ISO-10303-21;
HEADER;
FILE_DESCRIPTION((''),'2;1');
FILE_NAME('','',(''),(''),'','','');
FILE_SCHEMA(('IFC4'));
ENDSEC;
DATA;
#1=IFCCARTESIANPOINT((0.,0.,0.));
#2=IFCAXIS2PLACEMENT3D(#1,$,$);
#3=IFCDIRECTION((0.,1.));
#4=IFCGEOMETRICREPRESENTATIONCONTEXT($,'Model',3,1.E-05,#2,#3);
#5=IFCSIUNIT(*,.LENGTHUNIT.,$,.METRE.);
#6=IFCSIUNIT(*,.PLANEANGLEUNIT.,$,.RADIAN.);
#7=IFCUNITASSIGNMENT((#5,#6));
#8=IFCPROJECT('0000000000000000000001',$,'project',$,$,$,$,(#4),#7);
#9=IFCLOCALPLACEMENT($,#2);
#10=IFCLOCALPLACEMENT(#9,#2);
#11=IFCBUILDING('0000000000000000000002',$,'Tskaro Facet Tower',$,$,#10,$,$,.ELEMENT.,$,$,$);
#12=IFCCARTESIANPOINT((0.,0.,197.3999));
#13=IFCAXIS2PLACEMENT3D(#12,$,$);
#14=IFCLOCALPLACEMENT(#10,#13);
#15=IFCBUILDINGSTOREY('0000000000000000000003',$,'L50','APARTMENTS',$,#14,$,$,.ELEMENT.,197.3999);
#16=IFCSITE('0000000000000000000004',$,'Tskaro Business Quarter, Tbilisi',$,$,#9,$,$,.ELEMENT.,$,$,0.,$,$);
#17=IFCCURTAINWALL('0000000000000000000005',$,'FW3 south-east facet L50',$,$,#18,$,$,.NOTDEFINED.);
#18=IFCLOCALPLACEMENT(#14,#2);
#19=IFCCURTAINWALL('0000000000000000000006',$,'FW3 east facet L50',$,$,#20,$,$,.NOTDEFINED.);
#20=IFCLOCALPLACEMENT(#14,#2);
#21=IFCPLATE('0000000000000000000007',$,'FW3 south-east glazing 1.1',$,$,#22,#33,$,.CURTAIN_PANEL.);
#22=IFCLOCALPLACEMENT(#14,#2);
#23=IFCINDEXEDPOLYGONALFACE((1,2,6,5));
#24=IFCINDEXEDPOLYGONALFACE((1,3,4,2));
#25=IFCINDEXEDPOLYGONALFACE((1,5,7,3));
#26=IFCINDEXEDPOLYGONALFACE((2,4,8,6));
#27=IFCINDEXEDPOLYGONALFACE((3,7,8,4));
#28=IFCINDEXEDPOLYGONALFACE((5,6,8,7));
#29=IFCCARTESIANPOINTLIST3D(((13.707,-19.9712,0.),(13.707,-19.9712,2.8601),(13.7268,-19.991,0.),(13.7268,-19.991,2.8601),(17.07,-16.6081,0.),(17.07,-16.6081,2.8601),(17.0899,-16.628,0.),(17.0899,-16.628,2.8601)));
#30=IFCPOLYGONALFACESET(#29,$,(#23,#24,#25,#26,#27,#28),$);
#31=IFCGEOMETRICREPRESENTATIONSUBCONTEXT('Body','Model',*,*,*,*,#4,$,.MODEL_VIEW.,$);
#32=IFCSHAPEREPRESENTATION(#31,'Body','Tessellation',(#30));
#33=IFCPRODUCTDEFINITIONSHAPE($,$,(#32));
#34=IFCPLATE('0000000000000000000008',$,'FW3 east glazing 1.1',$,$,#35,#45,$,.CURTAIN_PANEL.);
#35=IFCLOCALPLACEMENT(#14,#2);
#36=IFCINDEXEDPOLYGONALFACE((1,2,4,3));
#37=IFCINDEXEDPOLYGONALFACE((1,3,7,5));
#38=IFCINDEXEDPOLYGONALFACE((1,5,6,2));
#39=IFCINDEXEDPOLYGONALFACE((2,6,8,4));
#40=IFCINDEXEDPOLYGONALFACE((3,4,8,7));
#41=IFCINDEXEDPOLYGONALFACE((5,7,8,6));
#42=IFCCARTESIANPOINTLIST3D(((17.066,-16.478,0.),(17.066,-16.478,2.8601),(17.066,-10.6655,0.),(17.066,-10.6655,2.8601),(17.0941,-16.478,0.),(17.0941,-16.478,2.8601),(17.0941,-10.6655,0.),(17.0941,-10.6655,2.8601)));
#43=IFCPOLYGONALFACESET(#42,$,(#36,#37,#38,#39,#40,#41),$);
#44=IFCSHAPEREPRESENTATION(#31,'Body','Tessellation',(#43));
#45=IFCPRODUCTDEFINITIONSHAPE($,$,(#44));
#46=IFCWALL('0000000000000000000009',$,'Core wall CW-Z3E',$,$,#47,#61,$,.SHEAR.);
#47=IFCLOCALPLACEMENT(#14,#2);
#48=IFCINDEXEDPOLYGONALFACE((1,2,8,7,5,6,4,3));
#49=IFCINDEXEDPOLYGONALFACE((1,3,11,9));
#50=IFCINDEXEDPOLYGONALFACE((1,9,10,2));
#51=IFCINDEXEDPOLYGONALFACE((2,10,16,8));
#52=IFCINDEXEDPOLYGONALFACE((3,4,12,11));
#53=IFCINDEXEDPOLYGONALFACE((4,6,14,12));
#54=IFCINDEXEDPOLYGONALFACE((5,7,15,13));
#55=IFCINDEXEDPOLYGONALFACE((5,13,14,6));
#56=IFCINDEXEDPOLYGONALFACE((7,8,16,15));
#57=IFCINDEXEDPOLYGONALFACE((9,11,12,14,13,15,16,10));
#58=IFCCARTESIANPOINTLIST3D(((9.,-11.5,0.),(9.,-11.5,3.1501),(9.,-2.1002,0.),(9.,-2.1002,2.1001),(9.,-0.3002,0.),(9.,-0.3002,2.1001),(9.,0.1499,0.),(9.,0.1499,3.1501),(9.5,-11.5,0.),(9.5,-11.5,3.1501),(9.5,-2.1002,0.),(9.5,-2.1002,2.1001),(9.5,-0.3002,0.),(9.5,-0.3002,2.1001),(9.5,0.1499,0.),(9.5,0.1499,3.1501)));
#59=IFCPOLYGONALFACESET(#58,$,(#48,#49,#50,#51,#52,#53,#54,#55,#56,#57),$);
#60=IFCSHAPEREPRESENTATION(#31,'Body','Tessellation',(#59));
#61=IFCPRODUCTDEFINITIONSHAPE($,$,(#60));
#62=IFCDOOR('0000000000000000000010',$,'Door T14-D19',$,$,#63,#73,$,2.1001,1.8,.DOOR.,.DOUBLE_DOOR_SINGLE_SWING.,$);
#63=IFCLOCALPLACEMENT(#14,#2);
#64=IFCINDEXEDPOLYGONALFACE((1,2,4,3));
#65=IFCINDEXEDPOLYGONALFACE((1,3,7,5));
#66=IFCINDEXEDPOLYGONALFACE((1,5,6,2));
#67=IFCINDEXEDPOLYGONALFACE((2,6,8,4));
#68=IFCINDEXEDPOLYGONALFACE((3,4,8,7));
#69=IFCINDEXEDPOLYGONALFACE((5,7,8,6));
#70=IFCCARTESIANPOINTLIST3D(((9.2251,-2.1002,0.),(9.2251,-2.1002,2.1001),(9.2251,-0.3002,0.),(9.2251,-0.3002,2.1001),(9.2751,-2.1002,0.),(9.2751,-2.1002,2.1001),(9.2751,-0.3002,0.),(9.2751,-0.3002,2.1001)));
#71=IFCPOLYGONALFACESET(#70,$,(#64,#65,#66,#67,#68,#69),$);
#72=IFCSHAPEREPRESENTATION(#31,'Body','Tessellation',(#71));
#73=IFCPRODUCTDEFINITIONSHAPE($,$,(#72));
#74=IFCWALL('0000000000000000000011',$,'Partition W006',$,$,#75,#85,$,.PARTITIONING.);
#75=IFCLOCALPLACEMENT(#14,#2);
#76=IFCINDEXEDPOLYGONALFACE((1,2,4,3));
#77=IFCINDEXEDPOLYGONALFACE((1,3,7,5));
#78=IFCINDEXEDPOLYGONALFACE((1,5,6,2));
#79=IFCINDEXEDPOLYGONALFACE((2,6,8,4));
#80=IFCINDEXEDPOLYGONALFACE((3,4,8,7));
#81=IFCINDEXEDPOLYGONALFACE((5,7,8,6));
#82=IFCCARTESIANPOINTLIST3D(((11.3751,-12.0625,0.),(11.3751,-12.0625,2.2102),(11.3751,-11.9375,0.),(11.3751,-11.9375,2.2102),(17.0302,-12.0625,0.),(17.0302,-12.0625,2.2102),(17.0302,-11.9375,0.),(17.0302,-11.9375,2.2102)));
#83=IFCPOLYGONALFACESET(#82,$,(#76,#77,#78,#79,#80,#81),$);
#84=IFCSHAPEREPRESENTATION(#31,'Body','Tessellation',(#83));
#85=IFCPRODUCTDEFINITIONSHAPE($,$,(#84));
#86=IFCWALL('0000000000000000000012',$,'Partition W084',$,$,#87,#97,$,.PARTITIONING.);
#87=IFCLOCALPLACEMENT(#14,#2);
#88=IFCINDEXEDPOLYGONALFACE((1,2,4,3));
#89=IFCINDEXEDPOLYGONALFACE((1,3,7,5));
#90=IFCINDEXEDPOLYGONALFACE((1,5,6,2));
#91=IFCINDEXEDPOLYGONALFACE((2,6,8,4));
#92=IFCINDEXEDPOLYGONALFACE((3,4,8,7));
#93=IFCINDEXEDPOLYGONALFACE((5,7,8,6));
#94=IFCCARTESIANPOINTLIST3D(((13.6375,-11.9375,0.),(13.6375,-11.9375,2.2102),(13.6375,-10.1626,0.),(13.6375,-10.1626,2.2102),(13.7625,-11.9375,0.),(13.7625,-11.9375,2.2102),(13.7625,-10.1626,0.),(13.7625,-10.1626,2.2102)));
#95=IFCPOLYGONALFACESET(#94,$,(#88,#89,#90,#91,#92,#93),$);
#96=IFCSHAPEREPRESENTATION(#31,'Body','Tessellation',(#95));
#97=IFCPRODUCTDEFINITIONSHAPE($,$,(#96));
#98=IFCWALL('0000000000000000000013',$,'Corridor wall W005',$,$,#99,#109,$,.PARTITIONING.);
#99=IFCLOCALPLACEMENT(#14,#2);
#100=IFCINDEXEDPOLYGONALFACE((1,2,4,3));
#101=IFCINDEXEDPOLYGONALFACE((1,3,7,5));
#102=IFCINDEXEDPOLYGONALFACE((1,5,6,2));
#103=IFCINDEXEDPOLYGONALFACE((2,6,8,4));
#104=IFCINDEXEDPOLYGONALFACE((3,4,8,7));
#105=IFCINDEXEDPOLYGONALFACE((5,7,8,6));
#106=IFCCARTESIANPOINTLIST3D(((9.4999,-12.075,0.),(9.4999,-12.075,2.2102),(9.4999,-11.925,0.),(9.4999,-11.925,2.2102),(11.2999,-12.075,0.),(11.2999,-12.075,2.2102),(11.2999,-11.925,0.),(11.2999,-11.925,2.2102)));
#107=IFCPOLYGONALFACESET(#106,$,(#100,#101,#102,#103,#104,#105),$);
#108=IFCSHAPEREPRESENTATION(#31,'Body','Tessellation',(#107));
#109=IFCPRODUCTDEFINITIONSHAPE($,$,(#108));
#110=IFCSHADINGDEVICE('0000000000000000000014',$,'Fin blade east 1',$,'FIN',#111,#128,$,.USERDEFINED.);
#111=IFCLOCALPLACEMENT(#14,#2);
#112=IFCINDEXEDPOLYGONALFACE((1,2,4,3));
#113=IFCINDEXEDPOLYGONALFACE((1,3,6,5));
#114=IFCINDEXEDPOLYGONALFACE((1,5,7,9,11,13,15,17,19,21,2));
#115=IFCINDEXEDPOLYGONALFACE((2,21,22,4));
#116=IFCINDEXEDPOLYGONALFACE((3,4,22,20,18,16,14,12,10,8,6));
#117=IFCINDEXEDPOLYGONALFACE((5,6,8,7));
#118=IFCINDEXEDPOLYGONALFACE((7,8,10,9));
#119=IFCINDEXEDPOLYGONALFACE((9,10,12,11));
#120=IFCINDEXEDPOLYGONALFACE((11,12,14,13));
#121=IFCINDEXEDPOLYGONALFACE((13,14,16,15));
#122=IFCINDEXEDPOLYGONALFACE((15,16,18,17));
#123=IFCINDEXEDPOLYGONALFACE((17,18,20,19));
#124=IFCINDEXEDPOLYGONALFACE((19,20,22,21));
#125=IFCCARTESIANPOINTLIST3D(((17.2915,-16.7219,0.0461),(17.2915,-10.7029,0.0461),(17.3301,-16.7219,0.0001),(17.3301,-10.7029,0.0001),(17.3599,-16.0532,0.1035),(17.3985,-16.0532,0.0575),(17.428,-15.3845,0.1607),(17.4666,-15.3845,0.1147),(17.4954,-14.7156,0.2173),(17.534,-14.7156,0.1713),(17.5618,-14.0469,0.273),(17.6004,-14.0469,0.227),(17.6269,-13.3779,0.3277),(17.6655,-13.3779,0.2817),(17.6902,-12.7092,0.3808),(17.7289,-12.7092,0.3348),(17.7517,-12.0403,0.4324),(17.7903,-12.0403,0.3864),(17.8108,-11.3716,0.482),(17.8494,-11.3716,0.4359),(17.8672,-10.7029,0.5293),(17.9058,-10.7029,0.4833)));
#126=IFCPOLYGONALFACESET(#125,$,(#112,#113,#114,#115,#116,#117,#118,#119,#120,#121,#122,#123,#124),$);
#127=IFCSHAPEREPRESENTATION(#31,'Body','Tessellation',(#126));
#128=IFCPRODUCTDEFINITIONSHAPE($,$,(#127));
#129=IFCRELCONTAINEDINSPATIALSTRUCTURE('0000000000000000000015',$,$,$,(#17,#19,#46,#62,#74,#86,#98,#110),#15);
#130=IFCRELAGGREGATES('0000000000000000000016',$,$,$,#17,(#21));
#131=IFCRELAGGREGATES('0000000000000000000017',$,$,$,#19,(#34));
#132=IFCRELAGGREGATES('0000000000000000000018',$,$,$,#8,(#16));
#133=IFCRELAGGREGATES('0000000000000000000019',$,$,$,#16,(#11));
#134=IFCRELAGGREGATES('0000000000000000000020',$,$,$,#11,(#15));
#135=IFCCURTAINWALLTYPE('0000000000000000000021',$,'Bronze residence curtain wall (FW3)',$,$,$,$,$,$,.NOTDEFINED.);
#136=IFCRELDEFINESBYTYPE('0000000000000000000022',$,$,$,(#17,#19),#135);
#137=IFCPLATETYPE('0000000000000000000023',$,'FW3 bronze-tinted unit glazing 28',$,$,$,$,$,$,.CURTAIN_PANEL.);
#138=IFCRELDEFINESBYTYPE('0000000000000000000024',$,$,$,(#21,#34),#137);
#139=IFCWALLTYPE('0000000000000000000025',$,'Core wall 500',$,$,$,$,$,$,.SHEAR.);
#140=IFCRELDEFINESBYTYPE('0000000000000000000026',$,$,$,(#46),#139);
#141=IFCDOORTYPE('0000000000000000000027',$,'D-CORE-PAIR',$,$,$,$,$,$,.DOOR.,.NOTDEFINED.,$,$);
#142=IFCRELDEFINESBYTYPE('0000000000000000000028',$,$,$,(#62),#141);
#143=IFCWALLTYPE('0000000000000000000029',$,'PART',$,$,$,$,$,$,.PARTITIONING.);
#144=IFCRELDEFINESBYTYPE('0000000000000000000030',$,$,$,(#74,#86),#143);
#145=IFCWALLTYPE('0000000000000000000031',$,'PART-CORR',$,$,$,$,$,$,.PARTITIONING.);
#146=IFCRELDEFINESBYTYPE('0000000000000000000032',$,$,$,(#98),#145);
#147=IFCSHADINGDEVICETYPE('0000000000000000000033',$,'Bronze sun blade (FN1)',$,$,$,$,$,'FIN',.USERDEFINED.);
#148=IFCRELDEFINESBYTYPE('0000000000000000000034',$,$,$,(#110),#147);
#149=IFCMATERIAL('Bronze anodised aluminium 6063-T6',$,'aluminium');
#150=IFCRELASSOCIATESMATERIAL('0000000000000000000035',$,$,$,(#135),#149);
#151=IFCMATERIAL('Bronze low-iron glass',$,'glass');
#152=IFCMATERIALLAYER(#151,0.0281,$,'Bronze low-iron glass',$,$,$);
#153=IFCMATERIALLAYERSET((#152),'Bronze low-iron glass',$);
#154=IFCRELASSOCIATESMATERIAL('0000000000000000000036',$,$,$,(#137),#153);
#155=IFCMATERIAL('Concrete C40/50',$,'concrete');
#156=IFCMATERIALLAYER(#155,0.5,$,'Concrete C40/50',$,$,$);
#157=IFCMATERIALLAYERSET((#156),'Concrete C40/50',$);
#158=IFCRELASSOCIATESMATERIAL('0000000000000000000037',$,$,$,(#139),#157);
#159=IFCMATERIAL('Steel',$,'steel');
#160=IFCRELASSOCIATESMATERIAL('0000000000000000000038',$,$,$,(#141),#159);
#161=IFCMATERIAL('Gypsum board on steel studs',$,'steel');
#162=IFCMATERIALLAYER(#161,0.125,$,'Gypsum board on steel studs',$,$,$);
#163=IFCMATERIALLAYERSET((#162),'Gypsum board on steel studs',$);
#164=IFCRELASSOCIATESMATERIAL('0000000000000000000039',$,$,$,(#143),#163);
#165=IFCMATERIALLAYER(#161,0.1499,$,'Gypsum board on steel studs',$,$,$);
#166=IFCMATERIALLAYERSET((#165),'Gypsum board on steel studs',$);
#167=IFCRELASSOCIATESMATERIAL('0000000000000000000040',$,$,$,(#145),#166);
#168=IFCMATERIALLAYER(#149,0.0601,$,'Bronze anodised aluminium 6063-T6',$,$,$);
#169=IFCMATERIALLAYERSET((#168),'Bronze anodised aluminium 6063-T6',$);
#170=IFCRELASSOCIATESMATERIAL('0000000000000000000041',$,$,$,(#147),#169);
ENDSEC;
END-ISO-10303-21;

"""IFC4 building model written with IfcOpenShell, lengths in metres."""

from ifc_helpers import new_model, si_unit, direction, frame, frame_2d, origin, origin_2d, place, context, subcontext, project, spatial, polyline, rectangle, outline, extrude, material, layer, layer_set, type_object, element, fill, aggregate, save


model = new_model("IFC4")

# Units and contexts
model_context = context("Model", 3, precision=1e-05, world=origin(), true_north=direction((0.0, 1.0)))
body_context = subcontext(model_context, "Body", "Model", "MODEL_VIEW")
ifc_project = project(units=[si_unit("LENGTHUNIT", "METRE"), si_unit("PLANEANGLEUNIT", "RADIAN")], contexts=[model_context])

# Site, building, storey
site_placement = place(None, origin())
site = spatial("IfcSite", under=ifc_project, at=site_placement, Name="Tskaro Business Quarter, Tbilisi", CompositionType="ELEMENT", RefElevation=0.0)
building_placement = place(site_placement, origin())
building = spatial("IfcBuilding", under=site, at=building_placement, Name="Tskaro Facet Tower", CompositionType="ELEMENT")
storey_placement = place(building_placement, frame((0.0, 0.0, 197.3999)))
storey = spatial("IfcBuildingStorey", under=building, at=storey_placement, Name="L50", Description="APARTMENTS", CompositionType="ELEMENT", Elevation=197.3999)

# Curtain walls
ifc_material_1 = material(Name="Bronze anodised aluminium 6063-T6", Category="aluminium")
curtain_wall_type = type_object("IfcCurtainWallType", Name="Bronze residence curtain wall (FW3)", PredefinedType="NOTDEFINED", material=ifc_material_1)
curtain_wall_1_placement = place(storey_placement, origin())
curtain_wall_1 = element("IfcCurtainWall", 1, at=curtain_wall_1_placement, inside=storey, type_object=curtain_wall_type, Name="FW3 south-east facet L50", PredefinedType="NOTDEFINED")
curtain_wall_2_placement = place(storey_placement, origin())
curtain_wall_2 = element("IfcCurtainWall", 2, at=curtain_wall_2_placement, inside=storey, type_object=curtain_wall_type, Name="FW3 east facet L50", PredefinedType="NOTDEFINED")

# Shared definitions
ifc_material_2 = material(Name="Bronze low-iron glass", Category="glass")
ifc_layer_1 = layer(ifc_material_2, 0.0281, Name="Bronze low-iron glass")
ifc_layer_set_1 = layer_set([ifc_layer_1], Name="Bronze low-iron glass")
plate_type = type_object("IfcPlateType", Name="FW3 bronze-tinted unit glazing 28", PredefinedType="CURTAIN_PANEL", material=ifc_layer_set_1)

# Plates
plate_1_placement = place(storey_placement, frame((15.3984, -18.2996, 0.0), z_axis=(0.0, 0.0, 1.0), x_axis=(0.707107, 0.707107, 0.0)))
plate_1 = element("IfcPlate", 3, at=plate_1_placement, type_object=plate_type, Name="FW3 south-east glazing 1.1", PredefinedType="CURTAIN_PANEL", context=body_context, shape_type="SweptSolid", body=[
    extrude(rectangle(XDim=4.7561, YDim=0.0281, at=origin_2d()), origin(), (0.0, 0.0, 1.0), 2.8601),
])
aggregate(curtain_wall_1, [plate_1])
plate_2_placement = place(storey_placement, frame((17.0801, -13.5718, 0.0), z_axis=(0.0, 0.0, 1.0), x_axis=(0.0, 1.0, 0.0)))
plate_2 = element("IfcPlate", 4, at=plate_2_placement, type_object=plate_type, Name="FW3 east glazing 1.1", PredefinedType="CURTAIN_PANEL", context=body_context, shape_type="SweptSolid", body=[
    extrude(rectangle(XDim=5.8125, YDim=0.0281, at=origin_2d()), origin(), (0.0, 0.0, 1.0), 2.8601),
])
aggregate(curtain_wall_2, [plate_2])

# Wall, opening, door
ifc_material_3 = material(Name="Concrete C40/50", Category="concrete")
ifc_layer_2 = layer(ifc_material_3, 0.5, Name="Concrete C40/50")
ifc_layer_set_2 = layer_set([ifc_layer_2], Name="Concrete C40/50")
wall_type_1 = type_object("IfcWallType", Name="Core wall 500", PredefinedType="SHEAR", material=ifc_layer_set_2)
wall_1_placement = place(storey_placement, frame((9.25, -11.5, 0.0), z_axis=(0.0, 0.0, 1.0), x_axis=(0.0, 1.0, 0.0)))
wall_1 = element("IfcWall", 5, at=wall_1_placement, inside=storey, type_object=wall_type_1, Name="Core wall CW-Z3E", PredefinedType="SHEAR", context=body_context, shape_type="SweptSolid", body=[
    extrude(rectangle(XDim=11.6499, YDim=0.5, at=frame_2d((5.825, 0.0))), origin(), (0.0, 0.0, 1.0), 3.1501),
])
opening_placement = place(wall_1_placement, frame((9.3999, 0.0, 0.0)))
opening = element("IfcOpeningElement", 6, at=opening_placement, cuts=wall_1, PredefinedType="OPENING", context=body_context, shape_type="SweptSolid", body=[
    extrude(rectangle(XDim=1.8, YDim=2.1001, at=frame_2d((0.8999, 1.05))), frame((0.0, 0.26, 0.0), z_axis=(0.0, -1.0, 0.0), x_axis=(1.0, 0.0, 0.0)), (0.0, 0.0, 1.0), 0.52),
])
ifc_material_4 = material(Name="Steel", Category="steel")
door_type = type_object("IfcDoorType", Name="D-CORE-PAIR", OperationType="NOTDEFINED", PredefinedType="DOOR", material=ifc_material_4)
door_placement = place(opening_placement, origin())
door = element("IfcDoor", 7, at=door_placement, inside=storey, type_object=door_type, Name="Door T14-D19", OperationType="DOUBLE_DOOR_SINGLE_SWING", OverallHeight=2.1001, OverallWidth=1.8, PredefinedType="DOOR", context=body_context, shape_type="SweptSolid", body=[
    extrude(rectangle(XDim=1.8, YDim=2.1001, at=frame_2d((0.8999, 1.05))), frame((0.0, 0.0249, 0.0), z_axis=(0.0, -1.0, 0.0), x_axis=(1.0, 0.0, 0.0)), (0.0, 0.0, 1.0), 0.05),
])
fill(opening, door)

# Walls
ifc_material_5 = material(Name="Gypsum board on steel studs", Category="steel")
ifc_layer_3 = layer(ifc_material_5, 0.125, Name="Gypsum board on steel studs")
ifc_layer_set_3 = layer_set([ifc_layer_3], Name="Gypsum board on steel studs")
wall_type_2 = type_object("IfcWallType", Name="PART", PredefinedType="PARTITIONING", material=ifc_layer_set_3)
wall_2_placement = place(storey_placement, frame((11.375, -12.0, 0.0), z_axis=(0.0, 0.0, 1.0), x_axis=(1.0, 0.0, 0.0)))
element("IfcWall", 8, at=wall_2_placement, inside=storey, type_object=wall_type_2, Name="Partition W006", PredefinedType="PARTITIONING", context=body_context, shape_type="SweptSolid", body=[
    extrude(rectangle(XDim=5.655, YDim=0.125, at=frame_2d((2.8276, 0.0))), origin(), (0.0, 0.0, 1.0), 2.2102),
])
wall_3_placement = place(storey_placement, frame((13.7, -11.9375, 0.0), z_axis=(0.0, 0.0, 1.0), x_axis=(0.0, 1.0, 0.0)))
element("IfcWall", 9, at=wall_3_placement, inside=storey, type_object=wall_type_2, Name="Partition W084", PredefinedType="PARTITIONING", context=body_context, shape_type="SweptSolid", body=[
    extrude(rectangle(XDim=1.7749, YDim=0.125, at=frame_2d((0.8875, 0.0))), origin(), (0.0, 0.0, 1.0), 2.2102),
])
ifc_layer_4 = layer(ifc_material_5, 0.1499, Name="Gypsum board on steel studs")
ifc_layer_set_4 = layer_set([ifc_layer_4], Name="Gypsum board on steel studs")
wall_type_3 = type_object("IfcWallType", Name="PART-CORR", PredefinedType="PARTITIONING", material=ifc_layer_set_4)
wall_4_placement = place(storey_placement, frame((9.5, -12.0, 0.0), z_axis=(0.0, 0.0, 1.0), x_axis=(1.0, 0.0, 0.0)))
element("IfcWall", 10, at=wall_4_placement, inside=storey, type_object=wall_type_3, Name="Corridor wall W005", PredefinedType="PARTITIONING", context=body_context, shape_type="SweptSolid", body=[
    extrude(rectangle(XDim=1.8, YDim=0.1499, at=frame_2d((0.8999, 0.0))), origin(), (0.0, 0.0, 1.0), 2.2102),
])

# Shading device
ifc_layer_5 = layer(ifc_material_1, 0.0601, Name="Bronze anodised aluminium 6063-T6")
ifc_layer_set_5 = layer_set([ifc_layer_5], Name="Bronze anodised aluminium 6063-T6")
shading_device_type = type_object("IfcShadingDeviceType", Name="Bronze sun blade (FN1)", ElementType="FIN", PredefinedType="USERDEFINED", material=ifc_layer_set_5)
shading_device_placement = place(storey_placement, frame((17.2915, -16.7219, 0.0461), z_axis=(-0.642871, 0.000001, 0.765975), x_axis=(0.000001, 1.0, -0.000001)))
element("IfcShadingDevice", 11, at=shading_device_placement, inside=storey, type_object=shading_device_type, Name="Fin blade east 1", ObjectType="FIN", PredefinedType="USERDEFINED", context=body_context, shape_type="SweptSolid", body=[
    extrude(outline(polyline([(0.0, 0.0), (6.019, 0.0), (6.019, -0.7516), (5.3503, -0.6779), (4.6816, -0.6008), (4.0127, -0.5206), (3.344, -0.4379), (2.675, -0.3528), (2.0063, -0.2662), (1.3374, -0.1781), (0.6687, -0.0892), (0.0, 0.0)])), origin(), (0.0, 0.0, -1.0), 0.0601),
])

save(model, "model.ifc")
